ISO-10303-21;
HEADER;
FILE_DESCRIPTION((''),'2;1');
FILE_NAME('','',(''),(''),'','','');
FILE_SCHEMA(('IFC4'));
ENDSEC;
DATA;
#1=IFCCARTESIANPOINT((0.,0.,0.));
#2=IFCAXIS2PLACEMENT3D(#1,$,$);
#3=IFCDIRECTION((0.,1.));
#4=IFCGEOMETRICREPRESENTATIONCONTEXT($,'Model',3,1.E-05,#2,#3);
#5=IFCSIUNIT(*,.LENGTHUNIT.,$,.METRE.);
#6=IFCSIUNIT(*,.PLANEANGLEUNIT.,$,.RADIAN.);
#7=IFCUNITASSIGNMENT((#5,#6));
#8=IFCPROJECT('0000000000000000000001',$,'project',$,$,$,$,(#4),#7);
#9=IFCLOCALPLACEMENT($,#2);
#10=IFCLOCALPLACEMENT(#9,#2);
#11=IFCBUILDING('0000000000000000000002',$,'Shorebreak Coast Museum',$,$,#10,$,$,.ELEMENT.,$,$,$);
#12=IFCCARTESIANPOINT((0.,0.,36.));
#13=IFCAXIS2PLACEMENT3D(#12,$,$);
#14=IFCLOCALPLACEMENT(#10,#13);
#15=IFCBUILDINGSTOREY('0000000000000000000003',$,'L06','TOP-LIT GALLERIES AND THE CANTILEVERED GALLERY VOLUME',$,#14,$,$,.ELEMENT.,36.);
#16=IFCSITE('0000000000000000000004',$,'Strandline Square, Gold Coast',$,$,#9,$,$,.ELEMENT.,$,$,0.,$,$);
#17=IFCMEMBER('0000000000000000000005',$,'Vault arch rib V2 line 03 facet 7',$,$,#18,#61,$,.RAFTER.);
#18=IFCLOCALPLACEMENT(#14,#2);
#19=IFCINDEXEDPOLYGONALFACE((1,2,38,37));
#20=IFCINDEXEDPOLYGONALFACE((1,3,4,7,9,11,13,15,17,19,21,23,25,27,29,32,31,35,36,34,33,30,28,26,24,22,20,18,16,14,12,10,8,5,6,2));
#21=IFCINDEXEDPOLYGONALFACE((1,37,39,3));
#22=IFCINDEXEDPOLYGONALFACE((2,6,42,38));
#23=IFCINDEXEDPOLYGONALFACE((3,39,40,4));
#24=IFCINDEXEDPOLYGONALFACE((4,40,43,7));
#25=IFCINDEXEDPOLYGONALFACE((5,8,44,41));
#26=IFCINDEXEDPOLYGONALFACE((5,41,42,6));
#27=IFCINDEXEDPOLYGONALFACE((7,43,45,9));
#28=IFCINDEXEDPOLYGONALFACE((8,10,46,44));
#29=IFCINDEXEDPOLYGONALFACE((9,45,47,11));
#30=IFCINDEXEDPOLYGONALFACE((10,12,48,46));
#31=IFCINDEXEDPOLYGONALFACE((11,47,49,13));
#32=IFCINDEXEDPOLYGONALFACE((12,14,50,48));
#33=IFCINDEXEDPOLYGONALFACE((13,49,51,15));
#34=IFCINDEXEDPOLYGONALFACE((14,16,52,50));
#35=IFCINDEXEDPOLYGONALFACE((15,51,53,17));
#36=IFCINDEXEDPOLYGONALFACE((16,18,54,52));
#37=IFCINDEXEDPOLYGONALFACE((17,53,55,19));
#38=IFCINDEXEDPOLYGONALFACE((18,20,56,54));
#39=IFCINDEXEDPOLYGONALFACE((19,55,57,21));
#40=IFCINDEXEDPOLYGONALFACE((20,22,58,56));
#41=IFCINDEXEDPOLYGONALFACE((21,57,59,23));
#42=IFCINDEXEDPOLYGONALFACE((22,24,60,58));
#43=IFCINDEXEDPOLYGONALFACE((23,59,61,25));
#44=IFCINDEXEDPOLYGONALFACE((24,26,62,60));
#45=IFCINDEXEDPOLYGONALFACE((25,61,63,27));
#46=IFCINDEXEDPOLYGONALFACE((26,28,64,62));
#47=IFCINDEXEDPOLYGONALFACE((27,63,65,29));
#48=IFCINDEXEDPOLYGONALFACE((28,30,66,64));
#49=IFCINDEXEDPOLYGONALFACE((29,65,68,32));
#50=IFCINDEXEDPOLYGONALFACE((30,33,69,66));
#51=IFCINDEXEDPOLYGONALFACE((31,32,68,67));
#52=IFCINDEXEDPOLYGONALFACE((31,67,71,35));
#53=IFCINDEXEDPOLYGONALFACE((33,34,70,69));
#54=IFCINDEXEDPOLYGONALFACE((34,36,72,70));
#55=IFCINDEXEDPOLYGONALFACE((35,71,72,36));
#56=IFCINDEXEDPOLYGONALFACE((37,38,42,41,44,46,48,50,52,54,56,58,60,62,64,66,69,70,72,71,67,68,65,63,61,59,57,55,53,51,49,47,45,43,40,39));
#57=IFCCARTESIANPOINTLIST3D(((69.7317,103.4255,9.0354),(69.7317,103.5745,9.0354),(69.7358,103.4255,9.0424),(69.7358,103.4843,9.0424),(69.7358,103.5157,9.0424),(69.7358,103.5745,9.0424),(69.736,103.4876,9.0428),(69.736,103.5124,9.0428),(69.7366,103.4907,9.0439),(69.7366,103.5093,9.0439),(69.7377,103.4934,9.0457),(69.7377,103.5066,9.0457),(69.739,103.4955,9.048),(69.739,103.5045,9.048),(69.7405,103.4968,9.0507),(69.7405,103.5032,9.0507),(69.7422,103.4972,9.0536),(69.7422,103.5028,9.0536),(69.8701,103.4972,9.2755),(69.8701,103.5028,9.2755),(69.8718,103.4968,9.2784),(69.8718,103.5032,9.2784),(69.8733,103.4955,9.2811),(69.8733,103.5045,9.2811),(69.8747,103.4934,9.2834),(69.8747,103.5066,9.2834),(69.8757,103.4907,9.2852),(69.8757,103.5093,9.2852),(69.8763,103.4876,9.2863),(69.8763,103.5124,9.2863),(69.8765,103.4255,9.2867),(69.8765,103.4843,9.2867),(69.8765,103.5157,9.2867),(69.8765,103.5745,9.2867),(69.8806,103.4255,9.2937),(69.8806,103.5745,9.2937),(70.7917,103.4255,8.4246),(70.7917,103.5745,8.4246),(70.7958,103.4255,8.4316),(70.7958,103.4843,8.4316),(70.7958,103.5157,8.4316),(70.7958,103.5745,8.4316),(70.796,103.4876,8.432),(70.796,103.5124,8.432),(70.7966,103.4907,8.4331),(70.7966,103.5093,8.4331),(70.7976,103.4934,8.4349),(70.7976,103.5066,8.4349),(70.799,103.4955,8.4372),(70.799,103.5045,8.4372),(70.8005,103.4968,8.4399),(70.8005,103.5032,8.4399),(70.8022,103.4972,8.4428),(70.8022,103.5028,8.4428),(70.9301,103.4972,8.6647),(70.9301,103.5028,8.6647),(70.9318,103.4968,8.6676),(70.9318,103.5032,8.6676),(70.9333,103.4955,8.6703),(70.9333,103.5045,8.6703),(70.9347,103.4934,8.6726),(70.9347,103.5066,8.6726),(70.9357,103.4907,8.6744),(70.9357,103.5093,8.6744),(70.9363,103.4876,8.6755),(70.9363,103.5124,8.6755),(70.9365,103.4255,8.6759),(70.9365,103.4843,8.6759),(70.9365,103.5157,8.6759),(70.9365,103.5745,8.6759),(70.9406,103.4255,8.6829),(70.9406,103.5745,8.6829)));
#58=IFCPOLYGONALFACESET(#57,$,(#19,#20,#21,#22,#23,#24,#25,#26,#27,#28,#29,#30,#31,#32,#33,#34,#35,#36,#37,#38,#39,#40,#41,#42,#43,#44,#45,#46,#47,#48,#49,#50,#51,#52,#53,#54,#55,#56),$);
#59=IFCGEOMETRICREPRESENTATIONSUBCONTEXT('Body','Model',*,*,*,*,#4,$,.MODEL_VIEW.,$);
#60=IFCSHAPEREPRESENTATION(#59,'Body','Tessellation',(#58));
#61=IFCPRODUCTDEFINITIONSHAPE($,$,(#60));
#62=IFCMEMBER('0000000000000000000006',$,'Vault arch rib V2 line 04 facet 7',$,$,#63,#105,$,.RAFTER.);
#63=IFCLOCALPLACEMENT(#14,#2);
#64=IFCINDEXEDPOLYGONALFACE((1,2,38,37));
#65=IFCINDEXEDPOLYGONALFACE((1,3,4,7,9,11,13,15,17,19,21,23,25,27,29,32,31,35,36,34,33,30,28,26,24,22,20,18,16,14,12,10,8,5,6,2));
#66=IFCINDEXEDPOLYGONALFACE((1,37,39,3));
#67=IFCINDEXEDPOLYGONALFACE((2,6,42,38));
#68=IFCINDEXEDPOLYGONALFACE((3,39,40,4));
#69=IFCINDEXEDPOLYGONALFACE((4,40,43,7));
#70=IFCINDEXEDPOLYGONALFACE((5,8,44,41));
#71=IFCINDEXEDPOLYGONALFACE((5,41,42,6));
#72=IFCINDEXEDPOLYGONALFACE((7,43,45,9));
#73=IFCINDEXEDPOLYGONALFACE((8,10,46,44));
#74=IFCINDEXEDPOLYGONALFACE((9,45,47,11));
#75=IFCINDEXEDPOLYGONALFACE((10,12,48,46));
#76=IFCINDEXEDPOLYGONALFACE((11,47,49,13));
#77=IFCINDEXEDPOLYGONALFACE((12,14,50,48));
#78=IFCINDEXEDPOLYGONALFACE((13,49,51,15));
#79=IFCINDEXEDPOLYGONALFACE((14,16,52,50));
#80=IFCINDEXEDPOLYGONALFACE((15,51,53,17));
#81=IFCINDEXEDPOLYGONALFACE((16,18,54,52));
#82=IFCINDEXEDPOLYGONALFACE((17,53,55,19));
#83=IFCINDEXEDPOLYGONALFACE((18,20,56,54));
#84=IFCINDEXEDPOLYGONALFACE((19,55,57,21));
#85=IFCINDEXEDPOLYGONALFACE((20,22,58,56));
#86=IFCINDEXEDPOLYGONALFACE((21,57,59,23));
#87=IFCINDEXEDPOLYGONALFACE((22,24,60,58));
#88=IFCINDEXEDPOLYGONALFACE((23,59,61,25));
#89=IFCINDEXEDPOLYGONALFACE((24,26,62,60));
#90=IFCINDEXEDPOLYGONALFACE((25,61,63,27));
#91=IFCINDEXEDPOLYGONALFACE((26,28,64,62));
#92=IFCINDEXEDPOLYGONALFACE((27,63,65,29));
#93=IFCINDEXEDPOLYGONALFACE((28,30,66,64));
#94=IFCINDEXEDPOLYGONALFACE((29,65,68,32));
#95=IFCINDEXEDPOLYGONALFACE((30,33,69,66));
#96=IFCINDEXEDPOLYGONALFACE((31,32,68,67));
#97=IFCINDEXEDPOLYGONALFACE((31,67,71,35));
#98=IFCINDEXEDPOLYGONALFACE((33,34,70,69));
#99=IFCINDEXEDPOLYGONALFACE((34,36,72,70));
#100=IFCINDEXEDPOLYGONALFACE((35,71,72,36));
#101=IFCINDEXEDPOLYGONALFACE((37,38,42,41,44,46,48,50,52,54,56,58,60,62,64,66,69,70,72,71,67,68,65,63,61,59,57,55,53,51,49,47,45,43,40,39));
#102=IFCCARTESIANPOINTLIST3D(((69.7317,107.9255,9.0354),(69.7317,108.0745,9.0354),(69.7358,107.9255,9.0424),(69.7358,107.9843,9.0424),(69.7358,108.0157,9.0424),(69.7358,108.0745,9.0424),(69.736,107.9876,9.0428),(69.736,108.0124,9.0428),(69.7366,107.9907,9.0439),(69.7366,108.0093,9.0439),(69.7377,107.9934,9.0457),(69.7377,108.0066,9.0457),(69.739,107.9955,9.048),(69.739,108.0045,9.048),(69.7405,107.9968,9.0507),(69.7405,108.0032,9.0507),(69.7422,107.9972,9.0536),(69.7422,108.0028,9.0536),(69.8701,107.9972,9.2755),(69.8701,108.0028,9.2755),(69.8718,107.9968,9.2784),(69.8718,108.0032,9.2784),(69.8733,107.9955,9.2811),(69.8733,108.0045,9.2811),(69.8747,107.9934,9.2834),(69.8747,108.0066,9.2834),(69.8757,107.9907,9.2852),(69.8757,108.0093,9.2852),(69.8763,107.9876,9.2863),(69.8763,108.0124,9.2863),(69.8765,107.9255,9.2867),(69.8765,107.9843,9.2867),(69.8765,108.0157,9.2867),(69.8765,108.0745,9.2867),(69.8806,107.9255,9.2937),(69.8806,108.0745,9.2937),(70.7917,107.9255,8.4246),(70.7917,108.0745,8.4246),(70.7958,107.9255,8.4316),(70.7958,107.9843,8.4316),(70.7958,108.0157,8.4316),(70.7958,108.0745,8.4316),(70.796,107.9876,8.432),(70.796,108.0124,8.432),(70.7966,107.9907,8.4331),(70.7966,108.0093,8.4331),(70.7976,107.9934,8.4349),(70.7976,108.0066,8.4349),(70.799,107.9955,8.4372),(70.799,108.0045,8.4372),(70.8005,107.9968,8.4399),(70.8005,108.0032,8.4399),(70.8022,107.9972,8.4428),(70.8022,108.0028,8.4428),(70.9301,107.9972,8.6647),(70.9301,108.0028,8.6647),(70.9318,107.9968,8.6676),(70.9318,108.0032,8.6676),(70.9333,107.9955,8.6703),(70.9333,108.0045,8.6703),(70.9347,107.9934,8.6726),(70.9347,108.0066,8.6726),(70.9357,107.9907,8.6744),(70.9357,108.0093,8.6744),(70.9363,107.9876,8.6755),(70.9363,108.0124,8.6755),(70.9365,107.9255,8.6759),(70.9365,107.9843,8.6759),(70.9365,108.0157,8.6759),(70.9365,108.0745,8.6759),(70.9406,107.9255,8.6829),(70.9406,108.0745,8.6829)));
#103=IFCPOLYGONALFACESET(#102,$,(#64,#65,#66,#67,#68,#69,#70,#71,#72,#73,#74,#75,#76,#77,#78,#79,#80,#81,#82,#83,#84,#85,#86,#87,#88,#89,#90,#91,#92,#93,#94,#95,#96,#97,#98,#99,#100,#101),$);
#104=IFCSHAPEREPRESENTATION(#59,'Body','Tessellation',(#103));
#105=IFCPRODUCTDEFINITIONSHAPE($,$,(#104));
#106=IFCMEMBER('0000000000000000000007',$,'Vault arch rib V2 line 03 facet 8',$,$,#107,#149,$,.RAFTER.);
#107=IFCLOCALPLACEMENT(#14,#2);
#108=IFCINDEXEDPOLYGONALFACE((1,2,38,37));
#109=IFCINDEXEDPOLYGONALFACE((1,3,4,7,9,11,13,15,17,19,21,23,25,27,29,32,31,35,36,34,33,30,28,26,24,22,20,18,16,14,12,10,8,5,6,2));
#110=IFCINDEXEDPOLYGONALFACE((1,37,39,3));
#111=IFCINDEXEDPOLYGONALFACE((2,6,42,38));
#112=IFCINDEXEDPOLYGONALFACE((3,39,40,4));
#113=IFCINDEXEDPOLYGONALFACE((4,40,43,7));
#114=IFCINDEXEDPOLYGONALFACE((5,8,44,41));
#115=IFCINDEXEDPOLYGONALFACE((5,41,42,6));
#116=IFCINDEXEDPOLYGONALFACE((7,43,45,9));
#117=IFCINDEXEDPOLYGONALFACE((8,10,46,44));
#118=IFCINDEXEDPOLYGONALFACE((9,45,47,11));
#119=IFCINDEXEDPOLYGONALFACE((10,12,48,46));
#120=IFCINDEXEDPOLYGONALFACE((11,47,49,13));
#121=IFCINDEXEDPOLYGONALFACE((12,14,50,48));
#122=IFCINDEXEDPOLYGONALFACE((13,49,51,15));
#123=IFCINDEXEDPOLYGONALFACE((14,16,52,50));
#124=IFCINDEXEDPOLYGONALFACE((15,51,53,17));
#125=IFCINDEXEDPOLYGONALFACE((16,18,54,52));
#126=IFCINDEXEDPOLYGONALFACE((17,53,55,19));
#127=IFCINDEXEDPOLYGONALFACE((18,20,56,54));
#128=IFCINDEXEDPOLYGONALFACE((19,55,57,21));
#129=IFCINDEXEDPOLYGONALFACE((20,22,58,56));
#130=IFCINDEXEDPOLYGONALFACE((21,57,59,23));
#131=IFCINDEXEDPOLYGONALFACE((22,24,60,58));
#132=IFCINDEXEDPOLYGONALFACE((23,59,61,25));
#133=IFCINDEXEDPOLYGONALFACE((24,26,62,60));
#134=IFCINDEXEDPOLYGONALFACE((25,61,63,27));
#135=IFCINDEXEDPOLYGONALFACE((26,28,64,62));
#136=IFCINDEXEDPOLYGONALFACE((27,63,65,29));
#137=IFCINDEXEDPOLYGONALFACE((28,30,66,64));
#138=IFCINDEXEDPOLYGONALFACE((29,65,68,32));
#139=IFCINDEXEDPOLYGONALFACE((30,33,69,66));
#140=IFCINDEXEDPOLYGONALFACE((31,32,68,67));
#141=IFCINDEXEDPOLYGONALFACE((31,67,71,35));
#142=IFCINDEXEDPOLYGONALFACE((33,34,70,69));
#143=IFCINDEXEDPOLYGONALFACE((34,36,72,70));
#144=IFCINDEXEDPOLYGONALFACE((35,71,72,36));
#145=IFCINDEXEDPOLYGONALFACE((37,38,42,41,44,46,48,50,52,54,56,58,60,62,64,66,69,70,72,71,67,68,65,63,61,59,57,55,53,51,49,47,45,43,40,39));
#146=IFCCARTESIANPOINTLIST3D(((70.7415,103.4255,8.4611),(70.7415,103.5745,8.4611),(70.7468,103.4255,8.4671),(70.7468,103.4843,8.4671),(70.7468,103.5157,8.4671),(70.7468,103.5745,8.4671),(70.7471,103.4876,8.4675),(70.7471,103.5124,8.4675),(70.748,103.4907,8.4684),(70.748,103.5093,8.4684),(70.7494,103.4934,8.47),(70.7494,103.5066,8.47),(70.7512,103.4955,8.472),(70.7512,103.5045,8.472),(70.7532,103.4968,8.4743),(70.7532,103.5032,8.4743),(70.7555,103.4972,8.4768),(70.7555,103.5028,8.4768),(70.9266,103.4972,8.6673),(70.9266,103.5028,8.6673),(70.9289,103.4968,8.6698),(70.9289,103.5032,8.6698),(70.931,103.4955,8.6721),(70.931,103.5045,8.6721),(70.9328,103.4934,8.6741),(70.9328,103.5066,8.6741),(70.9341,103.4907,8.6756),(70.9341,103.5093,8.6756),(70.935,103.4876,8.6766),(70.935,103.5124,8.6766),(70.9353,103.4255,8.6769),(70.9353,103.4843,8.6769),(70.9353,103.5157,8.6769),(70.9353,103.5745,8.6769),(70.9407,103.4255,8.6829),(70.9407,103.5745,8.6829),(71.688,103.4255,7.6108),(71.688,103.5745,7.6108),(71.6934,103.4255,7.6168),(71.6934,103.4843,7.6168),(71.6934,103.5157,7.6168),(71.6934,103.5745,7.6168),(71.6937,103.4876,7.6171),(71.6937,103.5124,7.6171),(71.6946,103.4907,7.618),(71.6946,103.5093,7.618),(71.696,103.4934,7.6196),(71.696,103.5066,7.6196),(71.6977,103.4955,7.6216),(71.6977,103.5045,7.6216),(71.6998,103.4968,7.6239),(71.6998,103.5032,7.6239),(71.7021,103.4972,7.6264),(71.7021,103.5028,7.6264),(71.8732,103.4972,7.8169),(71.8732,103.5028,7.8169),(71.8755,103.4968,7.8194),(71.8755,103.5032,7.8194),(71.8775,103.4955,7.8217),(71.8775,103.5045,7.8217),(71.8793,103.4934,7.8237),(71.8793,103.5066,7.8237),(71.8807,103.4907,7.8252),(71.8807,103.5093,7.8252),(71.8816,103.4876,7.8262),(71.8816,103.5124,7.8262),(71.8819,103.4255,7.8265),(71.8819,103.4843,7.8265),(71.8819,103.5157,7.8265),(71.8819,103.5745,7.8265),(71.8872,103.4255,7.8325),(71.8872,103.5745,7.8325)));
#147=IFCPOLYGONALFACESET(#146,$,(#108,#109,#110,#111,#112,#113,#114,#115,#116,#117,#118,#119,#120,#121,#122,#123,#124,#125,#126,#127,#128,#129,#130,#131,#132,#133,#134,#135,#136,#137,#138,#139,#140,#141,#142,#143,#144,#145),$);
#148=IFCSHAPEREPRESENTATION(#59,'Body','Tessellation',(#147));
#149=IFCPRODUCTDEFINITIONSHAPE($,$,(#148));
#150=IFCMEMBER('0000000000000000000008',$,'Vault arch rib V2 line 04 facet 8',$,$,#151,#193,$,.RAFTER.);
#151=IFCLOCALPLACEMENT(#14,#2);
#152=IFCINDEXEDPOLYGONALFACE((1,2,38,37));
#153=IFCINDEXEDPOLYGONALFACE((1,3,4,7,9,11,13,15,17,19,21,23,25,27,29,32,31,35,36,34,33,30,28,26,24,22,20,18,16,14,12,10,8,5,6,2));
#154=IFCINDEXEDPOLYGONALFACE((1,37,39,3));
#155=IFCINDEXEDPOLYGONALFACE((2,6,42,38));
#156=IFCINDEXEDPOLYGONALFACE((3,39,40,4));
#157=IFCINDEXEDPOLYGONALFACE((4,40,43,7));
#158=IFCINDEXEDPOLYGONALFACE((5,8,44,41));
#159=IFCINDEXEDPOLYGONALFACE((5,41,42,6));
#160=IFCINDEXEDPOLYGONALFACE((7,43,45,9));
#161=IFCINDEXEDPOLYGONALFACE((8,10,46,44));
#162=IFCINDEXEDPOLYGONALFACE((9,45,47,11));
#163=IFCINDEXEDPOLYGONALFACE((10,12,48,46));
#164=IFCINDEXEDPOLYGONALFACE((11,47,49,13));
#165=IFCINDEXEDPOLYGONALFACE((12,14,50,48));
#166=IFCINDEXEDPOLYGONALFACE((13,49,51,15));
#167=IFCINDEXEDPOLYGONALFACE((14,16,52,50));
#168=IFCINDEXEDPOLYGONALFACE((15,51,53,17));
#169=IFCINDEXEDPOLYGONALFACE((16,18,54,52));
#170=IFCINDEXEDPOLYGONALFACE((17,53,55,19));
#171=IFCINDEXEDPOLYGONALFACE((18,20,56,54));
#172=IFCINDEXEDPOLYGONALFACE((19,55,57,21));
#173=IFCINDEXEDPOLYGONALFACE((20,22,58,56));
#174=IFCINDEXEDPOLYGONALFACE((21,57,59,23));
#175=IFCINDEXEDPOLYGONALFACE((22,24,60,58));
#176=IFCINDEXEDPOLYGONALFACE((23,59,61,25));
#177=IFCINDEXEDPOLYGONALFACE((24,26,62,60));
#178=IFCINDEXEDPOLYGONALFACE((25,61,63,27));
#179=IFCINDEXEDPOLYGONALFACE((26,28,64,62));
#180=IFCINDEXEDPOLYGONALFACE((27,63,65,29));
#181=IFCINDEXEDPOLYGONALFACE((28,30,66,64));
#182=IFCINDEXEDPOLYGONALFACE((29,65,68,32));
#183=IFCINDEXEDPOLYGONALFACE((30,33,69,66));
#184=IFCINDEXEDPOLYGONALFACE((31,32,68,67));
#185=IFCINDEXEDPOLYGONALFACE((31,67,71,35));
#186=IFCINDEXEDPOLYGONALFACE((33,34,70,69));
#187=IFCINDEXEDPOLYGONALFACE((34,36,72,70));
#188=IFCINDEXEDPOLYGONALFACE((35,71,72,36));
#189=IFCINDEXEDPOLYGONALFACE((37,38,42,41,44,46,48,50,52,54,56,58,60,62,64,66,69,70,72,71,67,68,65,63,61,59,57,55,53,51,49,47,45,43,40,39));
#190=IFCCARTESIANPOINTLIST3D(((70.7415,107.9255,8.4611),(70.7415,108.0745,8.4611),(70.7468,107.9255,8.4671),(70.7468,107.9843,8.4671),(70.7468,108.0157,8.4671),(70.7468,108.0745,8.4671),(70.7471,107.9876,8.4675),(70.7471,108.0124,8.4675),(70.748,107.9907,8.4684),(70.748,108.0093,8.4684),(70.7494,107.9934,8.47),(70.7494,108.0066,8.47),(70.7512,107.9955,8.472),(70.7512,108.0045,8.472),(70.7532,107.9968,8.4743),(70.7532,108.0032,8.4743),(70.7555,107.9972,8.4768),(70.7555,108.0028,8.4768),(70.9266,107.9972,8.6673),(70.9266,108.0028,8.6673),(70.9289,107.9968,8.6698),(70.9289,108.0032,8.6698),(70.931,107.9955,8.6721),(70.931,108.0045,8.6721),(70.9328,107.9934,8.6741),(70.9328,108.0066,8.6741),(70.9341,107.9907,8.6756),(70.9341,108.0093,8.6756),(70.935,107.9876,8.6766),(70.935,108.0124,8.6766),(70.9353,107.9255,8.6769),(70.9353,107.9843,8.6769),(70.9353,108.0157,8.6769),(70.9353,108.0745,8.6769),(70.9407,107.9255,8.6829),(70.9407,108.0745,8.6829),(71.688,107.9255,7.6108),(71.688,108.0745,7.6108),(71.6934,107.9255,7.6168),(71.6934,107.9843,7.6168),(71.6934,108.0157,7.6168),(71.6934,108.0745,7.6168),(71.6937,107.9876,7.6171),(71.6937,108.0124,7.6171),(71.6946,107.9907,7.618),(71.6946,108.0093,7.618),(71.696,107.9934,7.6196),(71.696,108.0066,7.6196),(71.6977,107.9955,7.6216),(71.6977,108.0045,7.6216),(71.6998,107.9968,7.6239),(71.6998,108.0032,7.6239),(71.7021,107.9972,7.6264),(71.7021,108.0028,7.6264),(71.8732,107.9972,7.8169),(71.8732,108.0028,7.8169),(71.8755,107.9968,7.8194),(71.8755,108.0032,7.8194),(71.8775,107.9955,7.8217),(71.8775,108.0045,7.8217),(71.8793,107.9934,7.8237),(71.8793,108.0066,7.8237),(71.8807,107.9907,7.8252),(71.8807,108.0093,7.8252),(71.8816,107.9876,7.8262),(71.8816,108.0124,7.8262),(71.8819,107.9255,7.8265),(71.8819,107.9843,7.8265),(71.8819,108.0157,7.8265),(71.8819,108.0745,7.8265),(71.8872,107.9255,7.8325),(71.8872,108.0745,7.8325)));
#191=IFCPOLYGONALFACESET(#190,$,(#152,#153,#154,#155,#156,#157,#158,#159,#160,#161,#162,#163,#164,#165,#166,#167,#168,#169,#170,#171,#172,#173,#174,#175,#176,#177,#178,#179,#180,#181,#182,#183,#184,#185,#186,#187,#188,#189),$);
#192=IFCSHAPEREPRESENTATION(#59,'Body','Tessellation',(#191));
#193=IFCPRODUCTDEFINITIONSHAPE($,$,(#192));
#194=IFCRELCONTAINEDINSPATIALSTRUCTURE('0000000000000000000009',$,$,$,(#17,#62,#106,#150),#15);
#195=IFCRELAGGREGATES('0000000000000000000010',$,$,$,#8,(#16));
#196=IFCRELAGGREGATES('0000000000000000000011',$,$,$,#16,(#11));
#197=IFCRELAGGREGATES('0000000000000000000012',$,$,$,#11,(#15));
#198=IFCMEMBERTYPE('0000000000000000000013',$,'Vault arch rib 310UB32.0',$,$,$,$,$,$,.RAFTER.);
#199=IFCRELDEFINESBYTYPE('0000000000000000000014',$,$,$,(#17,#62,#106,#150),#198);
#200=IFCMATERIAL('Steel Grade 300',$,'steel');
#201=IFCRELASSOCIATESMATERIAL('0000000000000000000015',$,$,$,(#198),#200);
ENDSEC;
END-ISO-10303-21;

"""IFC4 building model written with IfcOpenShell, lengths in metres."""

from ifc_helpers import new_model, si_unit, direction, frame, origin, origin_2d, place, context, subcontext, project, spatial, i_section, extrude, material, material_profile, profile_set, type_object, element, save


model = new_model("IFC4")

# Units and contexts
model_context = context("Model", 3, precision=1e-05, world=origin(), true_north=direction((0.0, 1.0)))
body_context = subcontext(model_context, "Body", "Model", "MODEL_VIEW")
ifc_project = project(units=[si_unit("LENGTHUNIT", "METRE"), si_unit("PLANEANGLEUNIT", "RADIAN")], contexts=[model_context])

# Site, building, storey
site_placement = place(None, origin())
site = spatial("IfcSite", under=ifc_project, at=site_placement, Name="Strandline Square, Gold Coast", CompositionType="ELEMENT", RefElevation=0.0)
building_placement = place(site_placement, origin())
building = spatial("IfcBuilding", under=site, at=building_placement, Name="Shorebreak Coast Museum", CompositionType="ELEMENT")
storey_placement = place(building_placement, frame((0.0, 0.0, 36.0)))
storey = spatial("IfcBuildingStorey", under=building, at=storey_placement, Name="L06", Description="TOP-LIT GALLERIES AND THE CANTILEVERED GALLERY VOLUME", CompositionType="ELEMENT", Elevation=36.0)

# Members
ifc_material_1 = material(Name="Steel Grade 300", Category="steel")
ifc_material_profile_1 = material_profile(ifc_material_1, i_section(OverallWidth=0.1489, OverallDepth=0.2981, WebThickness=0.0056, FlangeThickness=0.0081, FilletRadius=0.0129, at=origin_2d()), Name="310UB32.0")
ifc_profile_set_1 = profile_set([ifc_material_profile_1], Name="Steel Grade 300")
member_type_1 = type_object("IfcMemberType", Name="Vault arch rib 310UB32.0", PredefinedType="RAFTER", material=ifc_profile_set_1)
for number, where, z_axis, x_axis, name in (
    (1, (69.8062, 103.5, 9.1646), (0.866445, 0.0, -0.499273), (0.0, 1.0, 0.0), "Vault arch rib V2 line 03 facet 7"),
    (2, (69.8062, 108.0, 9.1646), (0.866445, 0.0, -0.499273), (0.0, 1.0, 0.0), "Vault arch rib V2 line 04 facet 7"),
):
    element("IfcMember", number, at=place(storey_placement, frame(where, z_axis=z_axis, x_axis=x_axis)), inside=storey, type_object=member_type_1, Name=name, PredefinedType="RAFTER", context=body_context, shape_type="SweptSolid", body=[
        extrude(i_section(OverallWidth=0.1489, OverallDepth=0.2981, WebThickness=0.0056, FlangeThickness=0.0081, FilletRadius=0.0129, at=origin_2d()), origin(), (0.0, 0.0, 1.0), 1.2234),
    ])
for number, where, z_axis, x_axis, name in (
    (3, (70.8411, 103.5, 8.572), (0.743895, 0.0, -0.668297), (0.0, 1.0, 0.0), "Vault arch rib V2 line 03 facet 8"),
    (4, (70.8411, 108.0, 8.572), (0.743895, 0.0, -0.668297), (0.0, 1.0, 0.0), "Vault arch rib V2 line 04 facet 8"),
):
    element("IfcMember", number, at=place(storey_placement, frame(where, z_axis=z_axis, x_axis=x_axis)), inside=storey, type_object=member_type_1, Name=name, PredefinedType="RAFTER", context=body_context, shape_type="SweptSolid", body=[
        extrude(i_section(OverallWidth=0.1489, OverallDepth=0.2981, WebThickness=0.0056, FlangeThickness=0.0081, FilletRadius=0.0129, at=origin_2d()), origin(), (0.0, 0.0, 1.0), 1.2725),
    ])

save(model, "model.ifc")
